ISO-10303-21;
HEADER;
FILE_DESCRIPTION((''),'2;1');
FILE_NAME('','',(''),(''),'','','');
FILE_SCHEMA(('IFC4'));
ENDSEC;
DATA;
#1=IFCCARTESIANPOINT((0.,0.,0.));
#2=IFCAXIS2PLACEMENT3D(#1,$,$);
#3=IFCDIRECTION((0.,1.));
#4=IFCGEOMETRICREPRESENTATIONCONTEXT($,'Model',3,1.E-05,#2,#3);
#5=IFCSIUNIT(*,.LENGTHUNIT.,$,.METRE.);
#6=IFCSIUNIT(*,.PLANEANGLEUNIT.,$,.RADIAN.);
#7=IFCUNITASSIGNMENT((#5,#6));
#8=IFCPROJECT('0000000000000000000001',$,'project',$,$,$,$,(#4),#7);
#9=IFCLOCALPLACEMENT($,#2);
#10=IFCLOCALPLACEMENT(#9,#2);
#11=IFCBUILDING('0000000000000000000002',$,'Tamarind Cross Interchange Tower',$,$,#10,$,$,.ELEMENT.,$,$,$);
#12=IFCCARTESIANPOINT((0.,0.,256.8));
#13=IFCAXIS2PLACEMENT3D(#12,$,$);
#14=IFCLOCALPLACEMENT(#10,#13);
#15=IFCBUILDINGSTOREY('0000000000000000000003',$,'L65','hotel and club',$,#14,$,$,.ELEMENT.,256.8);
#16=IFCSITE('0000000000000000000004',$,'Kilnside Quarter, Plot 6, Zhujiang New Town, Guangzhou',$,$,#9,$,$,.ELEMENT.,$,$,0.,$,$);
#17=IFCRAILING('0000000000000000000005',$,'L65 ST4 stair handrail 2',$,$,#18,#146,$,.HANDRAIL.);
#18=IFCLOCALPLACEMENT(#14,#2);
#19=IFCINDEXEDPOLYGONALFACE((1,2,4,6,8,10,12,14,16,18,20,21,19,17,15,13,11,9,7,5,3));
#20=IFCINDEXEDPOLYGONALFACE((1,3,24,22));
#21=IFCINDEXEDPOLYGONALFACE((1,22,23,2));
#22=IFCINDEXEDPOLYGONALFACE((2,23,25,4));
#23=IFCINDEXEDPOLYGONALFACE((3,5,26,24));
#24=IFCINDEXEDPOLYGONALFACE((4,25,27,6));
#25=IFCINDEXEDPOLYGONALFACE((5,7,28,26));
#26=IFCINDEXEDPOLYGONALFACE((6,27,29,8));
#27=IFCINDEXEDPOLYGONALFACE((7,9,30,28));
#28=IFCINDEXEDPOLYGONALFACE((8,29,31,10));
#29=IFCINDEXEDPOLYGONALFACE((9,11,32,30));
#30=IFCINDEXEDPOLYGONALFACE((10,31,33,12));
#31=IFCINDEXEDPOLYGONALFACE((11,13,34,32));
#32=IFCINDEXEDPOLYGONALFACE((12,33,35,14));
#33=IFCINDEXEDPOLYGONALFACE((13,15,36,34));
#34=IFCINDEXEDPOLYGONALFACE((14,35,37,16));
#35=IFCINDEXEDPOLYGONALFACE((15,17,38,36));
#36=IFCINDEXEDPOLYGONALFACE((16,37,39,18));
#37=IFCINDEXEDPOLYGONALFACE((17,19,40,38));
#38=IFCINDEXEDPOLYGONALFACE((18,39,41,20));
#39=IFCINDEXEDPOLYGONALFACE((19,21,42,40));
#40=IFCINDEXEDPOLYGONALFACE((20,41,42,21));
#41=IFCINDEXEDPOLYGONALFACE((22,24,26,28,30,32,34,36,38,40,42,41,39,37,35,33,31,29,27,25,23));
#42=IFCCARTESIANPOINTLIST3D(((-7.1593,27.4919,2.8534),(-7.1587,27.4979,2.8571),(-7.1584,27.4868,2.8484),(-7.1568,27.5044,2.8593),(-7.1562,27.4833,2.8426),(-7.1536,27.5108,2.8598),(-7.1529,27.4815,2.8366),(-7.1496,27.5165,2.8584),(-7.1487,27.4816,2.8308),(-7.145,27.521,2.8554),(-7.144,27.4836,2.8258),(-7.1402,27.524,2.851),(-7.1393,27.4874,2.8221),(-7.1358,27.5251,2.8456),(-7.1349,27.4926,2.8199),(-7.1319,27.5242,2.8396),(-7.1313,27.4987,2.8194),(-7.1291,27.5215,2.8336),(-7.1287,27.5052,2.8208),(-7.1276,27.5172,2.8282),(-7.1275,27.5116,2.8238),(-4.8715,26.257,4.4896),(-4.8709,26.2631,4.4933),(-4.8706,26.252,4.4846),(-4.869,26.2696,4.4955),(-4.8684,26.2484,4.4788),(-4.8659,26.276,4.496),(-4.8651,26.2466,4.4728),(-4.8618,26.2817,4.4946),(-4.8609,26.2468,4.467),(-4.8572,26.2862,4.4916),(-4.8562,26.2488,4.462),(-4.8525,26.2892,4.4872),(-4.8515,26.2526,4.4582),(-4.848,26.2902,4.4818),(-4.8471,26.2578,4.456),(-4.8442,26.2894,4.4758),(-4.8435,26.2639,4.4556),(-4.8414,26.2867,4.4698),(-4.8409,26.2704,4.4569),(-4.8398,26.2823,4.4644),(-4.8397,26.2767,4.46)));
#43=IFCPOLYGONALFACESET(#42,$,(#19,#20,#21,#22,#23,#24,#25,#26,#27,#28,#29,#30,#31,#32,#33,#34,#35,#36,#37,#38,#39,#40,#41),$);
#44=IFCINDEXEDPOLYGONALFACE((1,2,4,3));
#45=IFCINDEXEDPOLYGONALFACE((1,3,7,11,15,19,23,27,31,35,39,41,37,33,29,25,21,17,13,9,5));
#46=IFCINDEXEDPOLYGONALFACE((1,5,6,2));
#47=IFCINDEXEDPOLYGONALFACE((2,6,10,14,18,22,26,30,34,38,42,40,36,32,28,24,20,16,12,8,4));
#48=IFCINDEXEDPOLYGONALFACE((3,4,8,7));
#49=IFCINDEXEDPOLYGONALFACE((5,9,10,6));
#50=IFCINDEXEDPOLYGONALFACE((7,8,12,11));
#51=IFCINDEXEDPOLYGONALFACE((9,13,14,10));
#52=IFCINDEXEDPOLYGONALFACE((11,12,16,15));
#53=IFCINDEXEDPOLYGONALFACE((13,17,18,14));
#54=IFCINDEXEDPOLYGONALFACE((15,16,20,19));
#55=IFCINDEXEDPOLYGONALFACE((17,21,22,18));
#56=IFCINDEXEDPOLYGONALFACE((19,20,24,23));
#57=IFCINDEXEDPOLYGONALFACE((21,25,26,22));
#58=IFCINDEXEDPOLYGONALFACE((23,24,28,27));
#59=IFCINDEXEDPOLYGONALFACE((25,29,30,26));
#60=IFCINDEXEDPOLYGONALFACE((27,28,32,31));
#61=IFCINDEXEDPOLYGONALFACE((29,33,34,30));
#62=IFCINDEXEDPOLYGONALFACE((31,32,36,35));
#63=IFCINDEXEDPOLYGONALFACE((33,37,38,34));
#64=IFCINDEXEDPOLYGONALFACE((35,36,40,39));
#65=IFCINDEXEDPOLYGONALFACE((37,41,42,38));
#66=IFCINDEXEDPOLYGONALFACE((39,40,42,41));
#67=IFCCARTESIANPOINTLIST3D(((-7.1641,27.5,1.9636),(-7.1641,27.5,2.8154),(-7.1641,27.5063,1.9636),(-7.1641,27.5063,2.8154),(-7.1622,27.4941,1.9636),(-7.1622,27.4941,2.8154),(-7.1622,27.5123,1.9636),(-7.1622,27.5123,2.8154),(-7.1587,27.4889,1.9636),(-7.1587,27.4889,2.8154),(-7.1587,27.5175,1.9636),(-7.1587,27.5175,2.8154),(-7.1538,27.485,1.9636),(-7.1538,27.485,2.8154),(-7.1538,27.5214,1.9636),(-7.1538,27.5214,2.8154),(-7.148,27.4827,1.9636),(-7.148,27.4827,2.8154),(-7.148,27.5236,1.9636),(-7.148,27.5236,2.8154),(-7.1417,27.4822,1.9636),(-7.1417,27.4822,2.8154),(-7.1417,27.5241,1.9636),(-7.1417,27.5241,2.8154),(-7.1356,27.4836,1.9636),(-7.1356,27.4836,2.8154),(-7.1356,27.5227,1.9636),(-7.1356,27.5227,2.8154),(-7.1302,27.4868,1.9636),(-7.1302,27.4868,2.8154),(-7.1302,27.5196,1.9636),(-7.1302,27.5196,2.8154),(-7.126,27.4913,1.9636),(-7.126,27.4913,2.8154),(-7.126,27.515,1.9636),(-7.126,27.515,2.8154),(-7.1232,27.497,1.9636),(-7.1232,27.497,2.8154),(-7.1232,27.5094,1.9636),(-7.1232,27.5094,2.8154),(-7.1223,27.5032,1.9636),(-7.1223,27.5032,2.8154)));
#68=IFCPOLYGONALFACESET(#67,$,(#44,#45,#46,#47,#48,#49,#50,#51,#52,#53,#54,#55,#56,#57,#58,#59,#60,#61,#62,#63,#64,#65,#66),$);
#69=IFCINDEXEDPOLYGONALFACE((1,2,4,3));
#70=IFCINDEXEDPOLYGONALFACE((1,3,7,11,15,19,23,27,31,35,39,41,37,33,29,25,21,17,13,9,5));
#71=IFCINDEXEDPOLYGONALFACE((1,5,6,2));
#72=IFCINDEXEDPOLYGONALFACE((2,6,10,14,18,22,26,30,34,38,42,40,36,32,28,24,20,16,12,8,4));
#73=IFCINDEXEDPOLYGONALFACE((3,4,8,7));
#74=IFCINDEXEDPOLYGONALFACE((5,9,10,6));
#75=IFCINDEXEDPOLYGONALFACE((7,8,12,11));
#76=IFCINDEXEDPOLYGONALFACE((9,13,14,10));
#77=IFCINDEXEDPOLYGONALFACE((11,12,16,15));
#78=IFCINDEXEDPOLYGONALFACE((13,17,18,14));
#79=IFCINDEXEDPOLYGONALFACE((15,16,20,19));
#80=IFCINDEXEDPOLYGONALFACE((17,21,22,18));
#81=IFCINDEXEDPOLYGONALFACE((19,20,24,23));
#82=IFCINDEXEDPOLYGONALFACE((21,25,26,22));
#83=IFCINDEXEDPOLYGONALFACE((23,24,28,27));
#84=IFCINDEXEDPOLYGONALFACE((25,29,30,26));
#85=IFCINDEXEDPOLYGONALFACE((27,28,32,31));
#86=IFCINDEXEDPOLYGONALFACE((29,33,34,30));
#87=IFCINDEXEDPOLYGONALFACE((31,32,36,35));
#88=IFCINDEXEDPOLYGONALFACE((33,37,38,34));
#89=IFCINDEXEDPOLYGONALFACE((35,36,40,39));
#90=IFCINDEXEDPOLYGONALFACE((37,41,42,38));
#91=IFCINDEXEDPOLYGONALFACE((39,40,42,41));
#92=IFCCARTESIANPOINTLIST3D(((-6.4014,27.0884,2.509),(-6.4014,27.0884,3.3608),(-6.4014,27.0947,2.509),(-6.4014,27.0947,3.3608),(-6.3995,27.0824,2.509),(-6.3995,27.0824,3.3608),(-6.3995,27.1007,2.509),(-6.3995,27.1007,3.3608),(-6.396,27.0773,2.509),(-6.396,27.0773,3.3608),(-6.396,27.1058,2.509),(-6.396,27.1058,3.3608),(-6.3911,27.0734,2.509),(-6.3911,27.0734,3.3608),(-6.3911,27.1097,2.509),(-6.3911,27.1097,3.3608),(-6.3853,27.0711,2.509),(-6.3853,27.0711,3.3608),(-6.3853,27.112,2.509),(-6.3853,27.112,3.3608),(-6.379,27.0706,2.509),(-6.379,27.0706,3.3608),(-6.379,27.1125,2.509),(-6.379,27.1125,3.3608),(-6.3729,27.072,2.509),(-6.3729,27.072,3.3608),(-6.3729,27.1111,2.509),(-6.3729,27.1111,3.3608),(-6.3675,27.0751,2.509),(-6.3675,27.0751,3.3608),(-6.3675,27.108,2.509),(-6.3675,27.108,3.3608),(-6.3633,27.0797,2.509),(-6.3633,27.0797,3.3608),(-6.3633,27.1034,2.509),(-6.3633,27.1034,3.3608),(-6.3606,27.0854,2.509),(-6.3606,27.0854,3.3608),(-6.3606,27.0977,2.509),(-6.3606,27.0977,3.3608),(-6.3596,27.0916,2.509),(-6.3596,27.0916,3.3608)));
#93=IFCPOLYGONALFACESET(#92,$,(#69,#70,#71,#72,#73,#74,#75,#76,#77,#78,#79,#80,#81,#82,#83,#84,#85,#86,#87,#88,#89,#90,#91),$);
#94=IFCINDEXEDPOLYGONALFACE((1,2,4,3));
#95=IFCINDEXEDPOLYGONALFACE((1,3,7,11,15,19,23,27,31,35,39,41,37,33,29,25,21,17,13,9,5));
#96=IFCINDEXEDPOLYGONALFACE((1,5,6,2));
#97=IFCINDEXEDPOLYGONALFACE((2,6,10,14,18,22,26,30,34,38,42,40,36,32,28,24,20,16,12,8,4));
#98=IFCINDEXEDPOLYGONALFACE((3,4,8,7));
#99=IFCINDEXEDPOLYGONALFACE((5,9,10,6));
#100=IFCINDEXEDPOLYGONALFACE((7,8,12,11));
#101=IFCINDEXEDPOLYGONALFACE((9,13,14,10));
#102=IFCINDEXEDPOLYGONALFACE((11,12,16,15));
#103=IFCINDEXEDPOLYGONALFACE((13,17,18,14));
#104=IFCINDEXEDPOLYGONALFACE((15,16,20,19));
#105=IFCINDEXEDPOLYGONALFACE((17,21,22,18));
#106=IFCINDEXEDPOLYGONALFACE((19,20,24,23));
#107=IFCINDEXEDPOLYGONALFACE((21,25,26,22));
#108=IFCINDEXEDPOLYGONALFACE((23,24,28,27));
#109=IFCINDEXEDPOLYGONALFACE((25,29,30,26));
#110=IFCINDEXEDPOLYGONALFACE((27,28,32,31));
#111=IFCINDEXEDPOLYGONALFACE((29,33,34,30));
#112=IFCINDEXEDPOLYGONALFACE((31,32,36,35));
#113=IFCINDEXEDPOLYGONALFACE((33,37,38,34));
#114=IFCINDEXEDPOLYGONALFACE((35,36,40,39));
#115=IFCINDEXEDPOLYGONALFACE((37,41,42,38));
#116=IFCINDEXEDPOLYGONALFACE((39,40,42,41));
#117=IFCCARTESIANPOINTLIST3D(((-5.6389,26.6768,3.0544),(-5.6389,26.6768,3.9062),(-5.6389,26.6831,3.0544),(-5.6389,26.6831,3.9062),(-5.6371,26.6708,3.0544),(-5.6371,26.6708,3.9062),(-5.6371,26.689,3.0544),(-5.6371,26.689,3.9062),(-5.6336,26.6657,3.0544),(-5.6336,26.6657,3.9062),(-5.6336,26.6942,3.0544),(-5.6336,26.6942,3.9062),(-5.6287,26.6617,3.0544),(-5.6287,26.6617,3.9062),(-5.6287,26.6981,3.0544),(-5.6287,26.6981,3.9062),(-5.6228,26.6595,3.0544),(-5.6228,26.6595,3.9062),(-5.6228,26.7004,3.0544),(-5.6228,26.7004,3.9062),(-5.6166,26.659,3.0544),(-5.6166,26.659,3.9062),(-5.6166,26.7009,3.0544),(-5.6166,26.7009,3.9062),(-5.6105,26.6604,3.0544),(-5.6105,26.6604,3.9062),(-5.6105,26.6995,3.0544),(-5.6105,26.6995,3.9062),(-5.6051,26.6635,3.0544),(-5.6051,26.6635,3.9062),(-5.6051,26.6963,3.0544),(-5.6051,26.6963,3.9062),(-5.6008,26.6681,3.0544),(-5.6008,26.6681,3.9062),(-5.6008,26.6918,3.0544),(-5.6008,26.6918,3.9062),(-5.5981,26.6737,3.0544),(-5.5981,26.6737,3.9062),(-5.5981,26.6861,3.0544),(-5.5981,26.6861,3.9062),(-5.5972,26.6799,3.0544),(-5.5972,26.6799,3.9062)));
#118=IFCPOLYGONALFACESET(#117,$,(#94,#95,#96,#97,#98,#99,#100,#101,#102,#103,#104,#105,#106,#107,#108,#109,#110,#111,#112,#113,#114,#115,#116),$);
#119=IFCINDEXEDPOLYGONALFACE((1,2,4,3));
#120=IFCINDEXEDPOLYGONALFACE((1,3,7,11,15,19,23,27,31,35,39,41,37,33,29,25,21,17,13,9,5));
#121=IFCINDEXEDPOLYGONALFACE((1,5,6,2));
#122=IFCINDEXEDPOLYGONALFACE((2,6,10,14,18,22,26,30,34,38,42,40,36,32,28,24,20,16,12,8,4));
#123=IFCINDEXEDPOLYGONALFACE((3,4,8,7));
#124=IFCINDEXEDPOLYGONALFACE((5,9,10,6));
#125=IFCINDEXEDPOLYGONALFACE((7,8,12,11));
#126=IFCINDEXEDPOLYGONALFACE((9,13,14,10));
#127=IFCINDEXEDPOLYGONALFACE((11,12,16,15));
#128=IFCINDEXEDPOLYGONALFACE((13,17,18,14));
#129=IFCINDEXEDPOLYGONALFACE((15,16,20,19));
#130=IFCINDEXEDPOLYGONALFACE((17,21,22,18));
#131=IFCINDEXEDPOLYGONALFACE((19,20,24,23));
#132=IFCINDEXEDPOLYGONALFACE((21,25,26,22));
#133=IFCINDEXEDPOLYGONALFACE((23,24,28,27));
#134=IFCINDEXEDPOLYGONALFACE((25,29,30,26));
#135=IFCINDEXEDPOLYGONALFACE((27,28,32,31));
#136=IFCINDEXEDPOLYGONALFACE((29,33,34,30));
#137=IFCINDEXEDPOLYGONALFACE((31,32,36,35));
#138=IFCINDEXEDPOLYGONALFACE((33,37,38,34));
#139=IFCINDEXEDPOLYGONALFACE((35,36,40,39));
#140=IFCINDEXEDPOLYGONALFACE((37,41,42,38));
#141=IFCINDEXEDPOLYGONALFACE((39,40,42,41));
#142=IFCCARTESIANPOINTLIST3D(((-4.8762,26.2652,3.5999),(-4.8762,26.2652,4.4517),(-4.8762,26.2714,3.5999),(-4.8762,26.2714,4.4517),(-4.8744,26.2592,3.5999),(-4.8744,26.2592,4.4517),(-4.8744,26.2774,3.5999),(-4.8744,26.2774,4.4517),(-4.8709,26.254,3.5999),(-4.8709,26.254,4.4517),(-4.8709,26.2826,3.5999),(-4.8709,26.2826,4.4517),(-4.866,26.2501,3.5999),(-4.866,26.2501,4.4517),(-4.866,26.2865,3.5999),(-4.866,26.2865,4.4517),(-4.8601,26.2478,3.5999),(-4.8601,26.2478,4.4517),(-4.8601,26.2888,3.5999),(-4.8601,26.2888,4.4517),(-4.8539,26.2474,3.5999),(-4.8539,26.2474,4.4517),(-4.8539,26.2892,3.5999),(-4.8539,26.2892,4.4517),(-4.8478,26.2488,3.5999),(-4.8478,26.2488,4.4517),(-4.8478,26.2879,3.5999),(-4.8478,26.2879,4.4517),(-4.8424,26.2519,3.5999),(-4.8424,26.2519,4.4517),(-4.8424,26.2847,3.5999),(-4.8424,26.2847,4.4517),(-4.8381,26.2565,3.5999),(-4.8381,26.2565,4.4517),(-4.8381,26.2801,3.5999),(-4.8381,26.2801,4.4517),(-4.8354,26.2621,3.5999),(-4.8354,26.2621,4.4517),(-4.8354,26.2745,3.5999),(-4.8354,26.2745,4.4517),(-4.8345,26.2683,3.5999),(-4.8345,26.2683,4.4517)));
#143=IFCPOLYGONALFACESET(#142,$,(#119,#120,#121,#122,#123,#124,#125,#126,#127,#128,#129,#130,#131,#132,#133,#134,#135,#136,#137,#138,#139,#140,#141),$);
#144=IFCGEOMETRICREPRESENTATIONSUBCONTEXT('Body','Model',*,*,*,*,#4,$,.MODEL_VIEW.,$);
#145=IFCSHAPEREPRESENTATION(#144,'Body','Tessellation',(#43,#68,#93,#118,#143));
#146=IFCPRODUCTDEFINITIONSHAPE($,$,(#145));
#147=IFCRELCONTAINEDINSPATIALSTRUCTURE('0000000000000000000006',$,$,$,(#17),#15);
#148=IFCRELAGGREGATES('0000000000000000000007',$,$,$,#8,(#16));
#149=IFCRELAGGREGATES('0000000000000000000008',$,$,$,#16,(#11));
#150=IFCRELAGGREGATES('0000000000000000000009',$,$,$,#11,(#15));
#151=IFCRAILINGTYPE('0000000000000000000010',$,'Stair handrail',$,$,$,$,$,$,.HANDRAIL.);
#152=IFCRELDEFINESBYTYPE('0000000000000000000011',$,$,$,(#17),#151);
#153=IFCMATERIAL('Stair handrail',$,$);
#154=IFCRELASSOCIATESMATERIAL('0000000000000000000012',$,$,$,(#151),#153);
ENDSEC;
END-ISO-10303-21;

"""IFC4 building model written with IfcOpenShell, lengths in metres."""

from ifc_helpers import new_model, si_unit, direction, frame, origin, origin_2d, place, context, subcontext, project, spatial, circle, extrude, material, type_object, element, save


model = new_model("IFC4")

# Units and contexts
model_context = context("Model", 3, precision=1e-05, world=origin(), true_north=direction((0.0, 1.0)))
body_context = subcontext(model_context, "Body", "Model", "MODEL_VIEW")
ifc_project = project(units=[si_unit("LENGTHUNIT", "METRE"), si_unit("PLANEANGLEUNIT", "RADIAN")], contexts=[model_context])

# Site, building, storey
site_placement = place(None, origin())
site = spatial("IfcSite", under=ifc_project, at=site_placement, Name="Kilnside Quarter, Plot 6, Zhujiang New Town, Guangzhou", CompositionType="ELEMENT", RefElevation=0.0)
building_placement = place(site_placement, origin())
building = spatial("IfcBuilding", under=site, at=building_placement, Name="Tamarind Cross Interchange Tower", CompositionType="ELEMENT")
storey_placement = place(building_placement, frame((0.0, 0.0, 256.8)))
storey = spatial("IfcBuildingStorey", under=building, at=storey_placement, Name="L65", Description="hotel and club", CompositionType="ELEMENT", Elevation=256.8)

# Railing
ifc_material_1 = material(Name="Stair handrail")
railing_type_1 = type_object("IfcRailingType", Name="Stair handrail", PredefinedType="HANDRAIL", material=ifc_material_1)
railing_1_placement = place(storey_placement, frame((-7.1433, 27.5032, 1.9636)))
element("IfcRailing", 1, at=railing_1_placement, inside=storey, type_object=railing_type_1, Name="L65 ST4 stair handrail 2", PredefinedType="HANDRAIL", context=body_context, shape_type="SweptSolid", body=[
    extrude(circle(Radius=0.0239, at=origin_2d()), frame((0.0, 0.0, 0.876), z_axis=(0.744773, -0.401991, 0.53265), x_axis=(0.474979, 0.879997, 0.0)), (0.0, 0.0, 1.0), 3.0718),
    extrude(circle(Radius=0.021, at=origin_2d()), origin(), (0.0, 0.0, 1.0), 0.8518),
    extrude(circle(Radius=0.021, at=origin_2d()), frame((0.7627, -0.4116, 0.5454)), (0.0, 0.0, 1.0), 0.8518),
    extrude(circle(Radius=0.021, at=origin_2d()), frame((1.5251, -0.8232, 1.0908)), (0.0, 0.0, 1.0), 0.8518),
    extrude(circle(Radius=0.021, at=origin_2d()), frame((2.2878, -1.2349, 1.6362)), (0.0, 0.0, 1.0), 0.8518),
])

save(model, "model.ifc")
